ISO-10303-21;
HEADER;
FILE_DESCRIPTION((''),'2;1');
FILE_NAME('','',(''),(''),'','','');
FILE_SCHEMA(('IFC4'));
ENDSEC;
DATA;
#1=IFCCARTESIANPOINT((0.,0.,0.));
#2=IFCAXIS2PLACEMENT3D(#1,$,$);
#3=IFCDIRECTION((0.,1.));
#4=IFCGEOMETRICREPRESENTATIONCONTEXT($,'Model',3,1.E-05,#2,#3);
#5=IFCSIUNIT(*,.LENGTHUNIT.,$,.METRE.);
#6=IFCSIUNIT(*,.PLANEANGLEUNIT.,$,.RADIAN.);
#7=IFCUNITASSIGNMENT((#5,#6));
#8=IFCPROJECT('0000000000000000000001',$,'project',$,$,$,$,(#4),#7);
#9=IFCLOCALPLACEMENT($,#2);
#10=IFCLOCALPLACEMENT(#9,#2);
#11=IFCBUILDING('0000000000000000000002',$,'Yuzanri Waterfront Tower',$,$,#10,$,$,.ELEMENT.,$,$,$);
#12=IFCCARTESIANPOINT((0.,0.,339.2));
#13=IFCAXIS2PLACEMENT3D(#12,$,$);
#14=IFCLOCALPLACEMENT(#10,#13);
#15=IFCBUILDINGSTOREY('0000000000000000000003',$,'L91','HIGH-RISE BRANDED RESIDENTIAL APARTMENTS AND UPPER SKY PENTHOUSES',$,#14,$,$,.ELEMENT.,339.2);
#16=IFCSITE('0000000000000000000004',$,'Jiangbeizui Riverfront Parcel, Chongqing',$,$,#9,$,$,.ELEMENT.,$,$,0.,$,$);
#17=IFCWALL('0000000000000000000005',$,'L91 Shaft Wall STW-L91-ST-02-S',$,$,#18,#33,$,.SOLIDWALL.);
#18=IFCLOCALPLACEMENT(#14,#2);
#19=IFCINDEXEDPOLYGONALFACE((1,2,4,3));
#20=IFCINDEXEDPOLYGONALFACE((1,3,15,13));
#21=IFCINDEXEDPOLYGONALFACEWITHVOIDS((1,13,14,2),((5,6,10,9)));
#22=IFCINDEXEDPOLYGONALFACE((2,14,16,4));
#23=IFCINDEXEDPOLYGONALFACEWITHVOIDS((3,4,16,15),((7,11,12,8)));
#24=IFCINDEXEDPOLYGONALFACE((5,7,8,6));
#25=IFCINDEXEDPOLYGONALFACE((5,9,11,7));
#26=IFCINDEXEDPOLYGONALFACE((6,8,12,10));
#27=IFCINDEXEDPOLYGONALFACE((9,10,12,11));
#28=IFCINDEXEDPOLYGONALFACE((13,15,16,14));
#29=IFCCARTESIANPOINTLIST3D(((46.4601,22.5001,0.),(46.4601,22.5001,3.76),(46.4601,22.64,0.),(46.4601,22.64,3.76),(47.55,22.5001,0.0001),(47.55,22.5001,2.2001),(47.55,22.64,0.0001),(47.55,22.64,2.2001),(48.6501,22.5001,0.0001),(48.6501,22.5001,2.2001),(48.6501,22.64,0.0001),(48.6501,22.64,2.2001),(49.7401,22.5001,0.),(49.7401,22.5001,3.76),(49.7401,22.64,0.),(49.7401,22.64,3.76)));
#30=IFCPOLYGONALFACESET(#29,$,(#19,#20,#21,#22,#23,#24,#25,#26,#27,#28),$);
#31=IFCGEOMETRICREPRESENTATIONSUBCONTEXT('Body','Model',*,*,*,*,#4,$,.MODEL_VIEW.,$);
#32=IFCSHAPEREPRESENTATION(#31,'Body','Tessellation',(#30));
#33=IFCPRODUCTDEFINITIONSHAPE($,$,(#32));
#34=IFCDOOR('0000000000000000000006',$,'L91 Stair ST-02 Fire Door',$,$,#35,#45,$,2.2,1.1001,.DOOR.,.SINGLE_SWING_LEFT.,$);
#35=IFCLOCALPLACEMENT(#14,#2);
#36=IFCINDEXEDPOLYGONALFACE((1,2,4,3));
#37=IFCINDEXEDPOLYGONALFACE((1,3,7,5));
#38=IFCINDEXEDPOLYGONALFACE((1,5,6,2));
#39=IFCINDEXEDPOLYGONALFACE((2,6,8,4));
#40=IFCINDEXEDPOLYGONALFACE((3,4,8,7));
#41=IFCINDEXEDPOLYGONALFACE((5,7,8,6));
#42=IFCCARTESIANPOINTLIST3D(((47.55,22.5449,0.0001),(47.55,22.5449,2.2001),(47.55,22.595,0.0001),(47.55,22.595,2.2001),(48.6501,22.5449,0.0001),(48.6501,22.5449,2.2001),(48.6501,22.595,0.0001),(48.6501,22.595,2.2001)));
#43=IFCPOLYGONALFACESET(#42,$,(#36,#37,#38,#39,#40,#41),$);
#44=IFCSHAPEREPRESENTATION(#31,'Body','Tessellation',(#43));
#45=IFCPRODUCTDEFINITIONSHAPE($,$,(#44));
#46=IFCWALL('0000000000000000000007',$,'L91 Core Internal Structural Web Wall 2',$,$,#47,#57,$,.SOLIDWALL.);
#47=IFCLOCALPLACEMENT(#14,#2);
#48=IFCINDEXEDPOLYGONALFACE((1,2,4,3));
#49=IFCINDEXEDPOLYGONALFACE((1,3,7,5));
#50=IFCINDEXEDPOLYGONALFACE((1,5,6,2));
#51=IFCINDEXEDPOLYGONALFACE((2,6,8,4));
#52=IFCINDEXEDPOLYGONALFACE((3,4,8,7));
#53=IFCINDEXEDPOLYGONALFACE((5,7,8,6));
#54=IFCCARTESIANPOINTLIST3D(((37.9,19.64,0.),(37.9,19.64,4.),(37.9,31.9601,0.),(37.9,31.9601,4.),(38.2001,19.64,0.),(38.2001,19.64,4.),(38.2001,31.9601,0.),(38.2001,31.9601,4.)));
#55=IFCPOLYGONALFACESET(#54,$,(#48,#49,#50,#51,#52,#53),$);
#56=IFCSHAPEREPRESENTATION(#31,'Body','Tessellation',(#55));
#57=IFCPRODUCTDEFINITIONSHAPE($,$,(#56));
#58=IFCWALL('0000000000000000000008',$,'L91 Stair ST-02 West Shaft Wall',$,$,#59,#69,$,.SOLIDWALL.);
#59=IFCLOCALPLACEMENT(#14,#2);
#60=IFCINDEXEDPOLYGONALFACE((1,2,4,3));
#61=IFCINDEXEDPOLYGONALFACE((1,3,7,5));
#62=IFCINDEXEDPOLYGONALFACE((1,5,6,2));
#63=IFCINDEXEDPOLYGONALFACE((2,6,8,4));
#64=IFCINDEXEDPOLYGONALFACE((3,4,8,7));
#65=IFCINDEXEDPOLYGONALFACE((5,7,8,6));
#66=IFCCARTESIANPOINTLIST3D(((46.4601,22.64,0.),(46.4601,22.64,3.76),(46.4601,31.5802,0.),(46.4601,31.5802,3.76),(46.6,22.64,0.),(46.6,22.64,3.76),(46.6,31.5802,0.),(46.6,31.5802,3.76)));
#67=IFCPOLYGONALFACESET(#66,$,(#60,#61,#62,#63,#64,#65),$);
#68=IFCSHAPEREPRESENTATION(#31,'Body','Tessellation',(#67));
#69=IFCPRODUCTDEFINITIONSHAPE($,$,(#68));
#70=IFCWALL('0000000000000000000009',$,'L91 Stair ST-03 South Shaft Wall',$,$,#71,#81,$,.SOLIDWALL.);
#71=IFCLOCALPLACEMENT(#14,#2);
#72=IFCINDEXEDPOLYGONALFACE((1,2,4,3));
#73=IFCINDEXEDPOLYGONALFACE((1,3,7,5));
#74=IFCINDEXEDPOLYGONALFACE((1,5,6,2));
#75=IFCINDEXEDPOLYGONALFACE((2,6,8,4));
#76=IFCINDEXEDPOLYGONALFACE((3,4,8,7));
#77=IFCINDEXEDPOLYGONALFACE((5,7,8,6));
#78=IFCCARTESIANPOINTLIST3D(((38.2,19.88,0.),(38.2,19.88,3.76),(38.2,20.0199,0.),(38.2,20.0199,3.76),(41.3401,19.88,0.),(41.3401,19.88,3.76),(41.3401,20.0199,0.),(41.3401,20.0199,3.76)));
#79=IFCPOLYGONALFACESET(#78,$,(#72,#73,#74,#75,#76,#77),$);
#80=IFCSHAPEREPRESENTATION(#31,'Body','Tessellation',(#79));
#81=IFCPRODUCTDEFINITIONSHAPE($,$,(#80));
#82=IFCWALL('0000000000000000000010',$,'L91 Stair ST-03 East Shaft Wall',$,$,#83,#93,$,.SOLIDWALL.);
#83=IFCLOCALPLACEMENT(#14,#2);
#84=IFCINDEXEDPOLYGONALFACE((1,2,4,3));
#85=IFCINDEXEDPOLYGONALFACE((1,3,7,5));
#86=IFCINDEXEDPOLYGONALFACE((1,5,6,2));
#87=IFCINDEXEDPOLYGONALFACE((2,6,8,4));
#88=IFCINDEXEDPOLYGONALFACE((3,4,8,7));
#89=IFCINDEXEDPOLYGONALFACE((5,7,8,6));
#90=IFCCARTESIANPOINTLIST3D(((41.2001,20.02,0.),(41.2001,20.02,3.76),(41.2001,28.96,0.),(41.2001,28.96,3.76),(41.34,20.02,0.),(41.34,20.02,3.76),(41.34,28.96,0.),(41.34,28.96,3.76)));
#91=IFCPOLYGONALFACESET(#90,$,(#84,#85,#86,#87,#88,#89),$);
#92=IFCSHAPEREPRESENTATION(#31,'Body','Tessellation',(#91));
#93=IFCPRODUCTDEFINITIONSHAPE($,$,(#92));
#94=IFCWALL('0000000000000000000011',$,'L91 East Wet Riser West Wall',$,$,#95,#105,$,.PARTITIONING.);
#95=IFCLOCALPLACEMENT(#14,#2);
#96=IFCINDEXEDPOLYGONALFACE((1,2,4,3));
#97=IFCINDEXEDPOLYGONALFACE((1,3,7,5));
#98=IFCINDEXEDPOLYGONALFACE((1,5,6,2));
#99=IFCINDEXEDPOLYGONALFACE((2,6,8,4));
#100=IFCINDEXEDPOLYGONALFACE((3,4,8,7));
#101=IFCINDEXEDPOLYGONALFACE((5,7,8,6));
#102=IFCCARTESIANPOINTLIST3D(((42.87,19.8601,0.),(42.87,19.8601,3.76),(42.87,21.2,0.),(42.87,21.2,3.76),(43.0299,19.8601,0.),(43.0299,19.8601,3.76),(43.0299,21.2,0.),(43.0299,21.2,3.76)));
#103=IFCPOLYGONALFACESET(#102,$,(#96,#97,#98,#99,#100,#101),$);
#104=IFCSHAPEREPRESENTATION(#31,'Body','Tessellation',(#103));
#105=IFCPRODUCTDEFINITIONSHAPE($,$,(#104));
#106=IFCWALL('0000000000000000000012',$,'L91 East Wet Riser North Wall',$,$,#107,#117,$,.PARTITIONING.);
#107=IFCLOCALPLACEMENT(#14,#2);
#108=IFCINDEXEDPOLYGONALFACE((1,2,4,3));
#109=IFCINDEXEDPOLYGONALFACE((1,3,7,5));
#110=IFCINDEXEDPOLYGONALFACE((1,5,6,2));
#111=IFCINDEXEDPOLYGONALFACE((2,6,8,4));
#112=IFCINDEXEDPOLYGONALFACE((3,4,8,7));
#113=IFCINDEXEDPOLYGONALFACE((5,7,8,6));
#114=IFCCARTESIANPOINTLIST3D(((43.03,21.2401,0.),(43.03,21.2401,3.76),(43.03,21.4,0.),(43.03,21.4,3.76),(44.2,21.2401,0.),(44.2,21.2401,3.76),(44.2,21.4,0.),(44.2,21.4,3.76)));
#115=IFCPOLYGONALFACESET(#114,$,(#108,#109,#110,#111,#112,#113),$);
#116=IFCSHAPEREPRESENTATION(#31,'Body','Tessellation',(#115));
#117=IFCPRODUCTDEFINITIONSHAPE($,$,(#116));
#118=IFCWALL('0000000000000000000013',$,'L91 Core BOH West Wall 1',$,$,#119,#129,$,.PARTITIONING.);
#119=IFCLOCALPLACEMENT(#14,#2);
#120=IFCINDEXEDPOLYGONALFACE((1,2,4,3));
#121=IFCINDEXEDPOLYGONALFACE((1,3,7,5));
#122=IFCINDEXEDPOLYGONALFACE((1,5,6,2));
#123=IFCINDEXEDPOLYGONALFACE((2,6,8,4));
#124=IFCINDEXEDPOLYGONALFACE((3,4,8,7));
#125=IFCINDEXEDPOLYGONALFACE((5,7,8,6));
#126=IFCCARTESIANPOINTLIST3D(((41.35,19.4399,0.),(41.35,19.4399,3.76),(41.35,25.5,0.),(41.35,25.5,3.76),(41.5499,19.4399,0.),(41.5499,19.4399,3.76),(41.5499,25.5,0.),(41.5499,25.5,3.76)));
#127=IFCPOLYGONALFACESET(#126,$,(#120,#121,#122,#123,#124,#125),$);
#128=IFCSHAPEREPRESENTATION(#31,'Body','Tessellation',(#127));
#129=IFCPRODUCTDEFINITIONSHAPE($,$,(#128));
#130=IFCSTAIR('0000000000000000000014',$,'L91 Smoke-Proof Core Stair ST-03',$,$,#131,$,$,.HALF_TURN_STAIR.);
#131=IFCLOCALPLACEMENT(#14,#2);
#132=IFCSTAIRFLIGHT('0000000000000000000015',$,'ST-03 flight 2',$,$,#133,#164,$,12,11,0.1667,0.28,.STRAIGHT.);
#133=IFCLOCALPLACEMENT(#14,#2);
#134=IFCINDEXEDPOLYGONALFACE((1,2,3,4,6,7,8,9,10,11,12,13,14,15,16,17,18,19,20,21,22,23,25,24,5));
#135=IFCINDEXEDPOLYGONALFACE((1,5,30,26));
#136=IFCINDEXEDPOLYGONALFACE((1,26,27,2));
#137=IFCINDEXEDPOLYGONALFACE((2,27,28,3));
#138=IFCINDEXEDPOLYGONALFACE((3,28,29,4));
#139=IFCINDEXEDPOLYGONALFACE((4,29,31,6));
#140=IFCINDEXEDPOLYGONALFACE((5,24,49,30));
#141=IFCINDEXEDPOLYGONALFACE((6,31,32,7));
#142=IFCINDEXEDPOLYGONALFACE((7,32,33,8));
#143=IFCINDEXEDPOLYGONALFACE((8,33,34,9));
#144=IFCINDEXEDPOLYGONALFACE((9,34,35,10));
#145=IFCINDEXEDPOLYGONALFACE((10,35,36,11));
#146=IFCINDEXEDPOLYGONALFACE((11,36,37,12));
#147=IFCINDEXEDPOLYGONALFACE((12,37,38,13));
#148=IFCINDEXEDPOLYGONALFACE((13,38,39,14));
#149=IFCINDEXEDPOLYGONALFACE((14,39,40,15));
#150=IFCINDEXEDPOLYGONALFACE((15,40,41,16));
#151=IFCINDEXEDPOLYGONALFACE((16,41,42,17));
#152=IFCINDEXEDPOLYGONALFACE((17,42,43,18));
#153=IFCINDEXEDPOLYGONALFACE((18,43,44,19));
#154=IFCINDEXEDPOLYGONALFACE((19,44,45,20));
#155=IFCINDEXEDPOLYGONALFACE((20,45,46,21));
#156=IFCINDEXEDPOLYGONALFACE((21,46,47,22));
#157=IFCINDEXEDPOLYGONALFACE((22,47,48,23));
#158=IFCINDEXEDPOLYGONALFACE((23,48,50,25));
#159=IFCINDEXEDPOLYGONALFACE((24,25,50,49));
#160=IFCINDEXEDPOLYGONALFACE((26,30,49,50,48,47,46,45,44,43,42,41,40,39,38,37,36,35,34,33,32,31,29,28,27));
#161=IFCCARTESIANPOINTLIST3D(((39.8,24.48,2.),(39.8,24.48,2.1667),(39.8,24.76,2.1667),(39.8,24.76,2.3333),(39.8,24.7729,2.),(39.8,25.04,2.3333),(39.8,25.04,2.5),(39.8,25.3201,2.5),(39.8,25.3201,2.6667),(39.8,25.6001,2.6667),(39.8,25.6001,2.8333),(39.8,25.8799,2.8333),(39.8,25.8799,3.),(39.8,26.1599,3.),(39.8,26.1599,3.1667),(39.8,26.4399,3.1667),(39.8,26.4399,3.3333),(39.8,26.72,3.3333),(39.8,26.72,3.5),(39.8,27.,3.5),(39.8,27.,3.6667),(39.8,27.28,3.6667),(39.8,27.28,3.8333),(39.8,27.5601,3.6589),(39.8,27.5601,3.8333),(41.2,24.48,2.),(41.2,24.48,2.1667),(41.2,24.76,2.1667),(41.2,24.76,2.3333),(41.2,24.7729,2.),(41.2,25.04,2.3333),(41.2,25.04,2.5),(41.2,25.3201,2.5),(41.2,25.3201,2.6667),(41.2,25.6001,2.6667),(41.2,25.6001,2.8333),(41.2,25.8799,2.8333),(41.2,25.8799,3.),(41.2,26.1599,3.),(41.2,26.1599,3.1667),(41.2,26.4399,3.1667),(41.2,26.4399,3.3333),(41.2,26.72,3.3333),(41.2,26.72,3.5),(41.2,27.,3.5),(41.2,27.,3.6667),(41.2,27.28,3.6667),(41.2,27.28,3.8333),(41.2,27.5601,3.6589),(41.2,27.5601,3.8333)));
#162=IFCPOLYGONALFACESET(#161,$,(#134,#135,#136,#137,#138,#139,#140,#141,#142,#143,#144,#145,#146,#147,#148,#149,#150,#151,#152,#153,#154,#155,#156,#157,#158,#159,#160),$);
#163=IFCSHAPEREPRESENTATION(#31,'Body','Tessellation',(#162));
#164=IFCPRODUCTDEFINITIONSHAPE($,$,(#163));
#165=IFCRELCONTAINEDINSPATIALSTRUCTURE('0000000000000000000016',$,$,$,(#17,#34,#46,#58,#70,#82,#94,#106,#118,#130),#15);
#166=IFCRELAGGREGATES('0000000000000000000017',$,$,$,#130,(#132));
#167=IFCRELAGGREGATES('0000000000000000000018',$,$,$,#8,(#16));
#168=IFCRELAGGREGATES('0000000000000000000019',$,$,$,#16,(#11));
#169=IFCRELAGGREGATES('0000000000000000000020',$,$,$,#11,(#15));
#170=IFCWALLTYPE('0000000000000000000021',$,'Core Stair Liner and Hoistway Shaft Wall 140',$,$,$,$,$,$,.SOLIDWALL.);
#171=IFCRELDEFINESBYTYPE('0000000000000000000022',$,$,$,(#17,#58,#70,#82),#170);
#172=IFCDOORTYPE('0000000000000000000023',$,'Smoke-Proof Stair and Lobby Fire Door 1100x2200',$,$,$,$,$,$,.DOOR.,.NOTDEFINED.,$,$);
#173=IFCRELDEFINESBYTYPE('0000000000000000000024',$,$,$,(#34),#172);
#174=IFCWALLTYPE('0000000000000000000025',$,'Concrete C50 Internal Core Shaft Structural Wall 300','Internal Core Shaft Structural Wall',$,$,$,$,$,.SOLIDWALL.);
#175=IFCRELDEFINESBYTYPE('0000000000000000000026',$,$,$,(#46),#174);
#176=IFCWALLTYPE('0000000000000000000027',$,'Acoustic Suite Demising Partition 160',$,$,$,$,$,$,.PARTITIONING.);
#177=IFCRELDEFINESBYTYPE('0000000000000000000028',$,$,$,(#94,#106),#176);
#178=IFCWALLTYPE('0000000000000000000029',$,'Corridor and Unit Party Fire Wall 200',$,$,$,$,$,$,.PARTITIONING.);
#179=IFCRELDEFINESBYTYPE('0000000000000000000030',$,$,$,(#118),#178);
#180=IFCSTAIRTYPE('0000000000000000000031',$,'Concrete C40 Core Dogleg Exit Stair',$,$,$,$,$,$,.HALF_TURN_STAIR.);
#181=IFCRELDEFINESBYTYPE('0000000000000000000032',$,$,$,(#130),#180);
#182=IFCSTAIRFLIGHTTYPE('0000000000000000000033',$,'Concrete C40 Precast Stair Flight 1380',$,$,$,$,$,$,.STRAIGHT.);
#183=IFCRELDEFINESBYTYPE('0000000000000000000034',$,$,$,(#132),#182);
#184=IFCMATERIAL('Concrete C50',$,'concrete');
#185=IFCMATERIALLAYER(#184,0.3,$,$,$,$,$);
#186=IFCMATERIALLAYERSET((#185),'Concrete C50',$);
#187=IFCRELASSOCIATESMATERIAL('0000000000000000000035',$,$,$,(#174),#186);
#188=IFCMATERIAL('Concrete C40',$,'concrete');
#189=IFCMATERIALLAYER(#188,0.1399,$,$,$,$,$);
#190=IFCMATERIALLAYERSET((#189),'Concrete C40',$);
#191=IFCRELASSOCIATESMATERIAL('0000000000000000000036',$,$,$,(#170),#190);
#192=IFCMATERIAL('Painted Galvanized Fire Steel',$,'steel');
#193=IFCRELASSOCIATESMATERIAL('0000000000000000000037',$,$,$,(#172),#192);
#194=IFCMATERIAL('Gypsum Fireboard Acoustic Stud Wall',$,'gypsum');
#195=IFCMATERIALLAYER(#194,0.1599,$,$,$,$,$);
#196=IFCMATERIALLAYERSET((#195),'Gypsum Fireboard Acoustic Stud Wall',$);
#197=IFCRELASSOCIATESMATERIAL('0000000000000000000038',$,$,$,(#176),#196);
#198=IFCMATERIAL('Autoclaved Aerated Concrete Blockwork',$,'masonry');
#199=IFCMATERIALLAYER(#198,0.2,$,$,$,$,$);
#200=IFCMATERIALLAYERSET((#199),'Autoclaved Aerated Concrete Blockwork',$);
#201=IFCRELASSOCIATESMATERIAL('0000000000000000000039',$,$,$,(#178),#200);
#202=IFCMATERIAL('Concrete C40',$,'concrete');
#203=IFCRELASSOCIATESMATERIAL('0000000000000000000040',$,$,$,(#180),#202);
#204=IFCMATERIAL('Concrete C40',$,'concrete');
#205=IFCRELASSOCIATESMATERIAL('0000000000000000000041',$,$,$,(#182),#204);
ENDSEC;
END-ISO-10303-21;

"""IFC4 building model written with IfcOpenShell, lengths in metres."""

from ifc_helpers import new_model, si_unit, direction, frame, frame_2d, origin, place, context, subcontext, project, spatial, polyline, rectangle, outline, extrude, source, transform, mapped, material, layer, layer_set, type_object, element, fill, aggregate, save


model = new_model("IFC4")

# Units and contexts
model_context = context("Model", 3, precision=1e-05, world=origin(), true_north=direction((0.0, 1.0)))
body_context = subcontext(model_context, "Body", "Model", "MODEL_VIEW")
ifc_project = project(units=[si_unit("LENGTHUNIT", "METRE"), si_unit("PLANEANGLEUNIT", "RADIAN")], contexts=[model_context])

# Site, building, storey
site_placement = place(None, origin())
site = spatial("IfcSite", under=ifc_project, at=site_placement, Name="Jiangbeizui Riverfront Parcel, Chongqing", CompositionType="ELEMENT", RefElevation=0.0)
building_placement = place(site_placement, origin())
building = spatial("IfcBuilding", under=site, at=building_placement, Name="Yuzanri Waterfront Tower", CompositionType="ELEMENT")
storey_placement = place(building_placement, frame((0.0, 0.0, 339.2)))
storey = spatial("IfcBuildingStorey", under=building, at=storey_placement, Name="L91", Description="HIGH-RISE BRANDED RESIDENTIAL APARTMENTS AND UPPER SKY PENTHOUSES", CompositionType="ELEMENT", Elevation=339.2)

# Shared definitions
ifc_material_1 = material(Name="Concrete C50", Category="concrete")
ifc_layer_1 = layer(ifc_material_1, 0.3)
ifc_layer_set_1 = layer_set([ifc_layer_1], Name="Concrete C50")
wall_type_1 = type_object("IfcWallType", Name="Concrete C50 Internal Core Shaft Structural Wall 300", Description="Internal Core Shaft Structural Wall", PredefinedType="SOLIDWALL", material=ifc_layer_set_1)

# Wall, opening, door
ifc_material_2 = material(Name="Concrete C40", Category="concrete")
ifc_layer_2 = layer(ifc_material_2, 0.1399)
ifc_layer_set_2 = layer_set([ifc_layer_2], Name="Concrete C40")
wall_type_2 = type_object("IfcWallType", Name="Core Stair Liner and Hoistway Shaft Wall 140", PredefinedType="SOLIDWALL", material=ifc_layer_set_2)
wall_1_placement = place(storey_placement, frame((46.46, 22.5701, 0.0), z_axis=(0.0, 0.0, 1.0), x_axis=(1.0, 0.0, 0.0)))
wall_1 = element("IfcWall", 1, at=wall_1_placement, inside=storey, type_object=wall_type_2, Name="L91 Shaft Wall STW-L91-ST-02-S", PredefinedType="SOLIDWALL", context=body_context, shape_type="SweptSolid", body=[
    extrude(rectangle(XDim=3.28, YDim=0.1399, at=frame_2d((1.6401, 0.0))), origin(), (0.0, 0.0, 1.0), 3.76),
])
opening_1_placement = place(wall_1_placement, frame((1.0901, 0.0, 0.0)))
opening_1 = element("IfcOpeningElement", 2, at=opening_1_placement, cuts=wall_1, PredefinedType="OPENING", context=body_context, shape_type="SweptSolid", body=[
    extrude(rectangle(XDim=1.1001, YDim=2.2, at=frame_2d((0.55, 1.1001))), frame((0.0, 0.085, 0.0), z_axis=(0.0, -1.0, 0.0), x_axis=(1.0, 0.0, 0.0)), (0.0, 0.0, 1.0), 0.1697),
])
ifc_material_3 = material(Name="Painted Galvanized Fire Steel", Category="steel")
door_type_1 = type_object("IfcDoorType", Name="Smoke-Proof Stair and Lobby Fire Door 1100x2200", OperationType="NOTDEFINED", PredefinedType="DOOR", material=ifc_material_3)
shared_shape_1 = source(origin(), body_context, "Body", "SweptSolid", [
    extrude(rectangle(XDim=1.1001, YDim=2.2, at=frame_2d((0.55, 1.1001))), frame((0.0, 0.0249, 0.0), z_axis=(0.0, -1.0, 0.0), x_axis=(1.0, 0.0, 0.0)), (0.0, 0.0, 1.0), 0.05),
])
door_1_placement = place(opening_1_placement, origin())
door_1 = element("IfcDoor", 3, at=door_1_placement, inside=storey, type_object=door_type_1, Name="L91 Stair ST-02 Fire Door", OperationType="SINGLE_SWING_LEFT", OverallHeight=2.2, OverallWidth=1.1001, PredefinedType="DOOR", context=body_context, shape_type="MappedRepresentation", body=[
    mapped(shared_shape_1, transform((0.0, 0.0, 0.0), scale=1.0)),
])
fill(opening_1, door_1)

# Walls
shared_shape_2 = source(origin(), body_context, "Body", "SweptSolid", [
    extrude(rectangle(XDim=12.3201, YDim=0.3, at=frame_2d((6.1602, 0.0))), origin(), (0.0, 0.0, 1.0), 4.0),
])
wall_2_placement = place(storey_placement, frame((38.05, 19.6399, 0.0), z_axis=(0.0, 0.0, 1.0), x_axis=(0.0, 1.0, 0.0)))
element("IfcWall", 4, at=wall_2_placement, inside=storey, type_object=wall_type_1, Name="L91 Core Internal Structural Web Wall 2", PredefinedType="SOLIDWALL", context=body_context, shape_type="MappedRepresentation", body=[
    mapped(shared_shape_2, transform((0.0, 0.0, 0.0), scale=1.0)),
])
shared_shape_3 = source(origin(), body_context, "Body", "SweptSolid", [
    extrude(rectangle(XDim=8.9402, YDim=0.1399, at=frame_2d((4.4702, 0.0))), origin(), (0.0, 0.0, 1.0), 3.76),
])
wall_3_placement = place(storey_placement, frame((46.53, 22.6399, 0.0), z_axis=(0.0, 0.0, 1.0), x_axis=(0.0, 1.0, 0.0)))
element("IfcWall", 5, at=wall_3_placement, inside=storey, type_object=wall_type_2, Name="L91 Stair ST-02 West Shaft Wall", PredefinedType="SOLIDWALL", context=body_context, shape_type="MappedRepresentation", body=[
    mapped(shared_shape_3, transform((0.0, 0.0, 0.0), scale=1.0)),
])
shared_shape_4 = source(origin(), body_context, "Body", "SweptSolid", [
    extrude(rectangle(XDim=3.1401, YDim=0.1399, at=frame_2d((1.5701, 0.0))), origin(), (0.0, 0.0, 1.0), 3.76),
])
wall_4_placement = place(storey_placement, frame((38.2, 19.95, 0.0), z_axis=(0.0, 0.0, 1.0), x_axis=(1.0, 0.0, 0.0)))
element("IfcWall", 6, at=wall_4_placement, inside=storey, type_object=wall_type_2, Name="L91 Stair ST-03 South Shaft Wall", PredefinedType="SOLIDWALL", context=body_context, shape_type="MappedRepresentation", body=[
    mapped(shared_shape_4, transform((0.0, 0.0, 0.0), scale=1.0)),
])
shared_shape_5 = source(origin(), body_context, "Body", "SweptSolid", [
    extrude(rectangle(XDim=8.9399, YDim=0.1399, at=frame_2d((4.47, 0.0))), origin(), (0.0, 0.0, 1.0), 3.76),
])
wall_5_placement = place(storey_placement, frame((41.27, 20.02, 0.0), z_axis=(0.0, 0.0, 1.0), x_axis=(0.0, 1.0, 0.0)))
element("IfcWall", 7, at=wall_5_placement, inside=storey, type_object=wall_type_2, Name="L91 Stair ST-03 East Shaft Wall", PredefinedType="SOLIDWALL", context=body_context, shape_type="MappedRepresentation", body=[
    mapped(shared_shape_5, transform((0.0, 0.0, 0.0), scale=1.0)),
])
ifc_material_4 = material(Name="Gypsum Fireboard Acoustic Stud Wall", Category="gypsum")
ifc_layer_3 = layer(ifc_material_4, 0.1599)
ifc_layer_set_3 = layer_set([ifc_layer_3], Name="Gypsum Fireboard Acoustic Stud Wall")
wall_type_3 = type_object("IfcWallType", Name="Acoustic Suite Demising Partition 160", PredefinedType="PARTITIONING", material=ifc_layer_set_3)
shared_shape_6 = source(origin(), body_context, "Body", "SweptSolid", [
    extrude(rectangle(XDim=1.3398, YDim=0.1599, at=frame_2d((0.6699, 0.0))), origin(), (0.0, 0.0, 1.0), 3.76),
])
wall_6_placement = place(storey_placement, frame((42.95, 19.8601, 0.0), z_axis=(0.0, 0.0, 1.0), x_axis=(0.0, 1.0, 0.0)))
element("IfcWall", 8, at=wall_6_placement, inside=storey, type_object=wall_type_3, Name="L91 East Wet Riser West Wall", PredefinedType="PARTITIONING", context=body_context, shape_type="MappedRepresentation", body=[
    mapped(shared_shape_6, transform((0.0, 0.0, 0.0), scale=1.0)),
])
shared_shape_7 = source(origin(), body_context, "Body", "SweptSolid", [
    extrude(rectangle(XDim=1.1699, YDim=0.1599, at=frame_2d((0.585, 0.0))), origin(), (0.0, 0.0, 1.0), 3.76),
])
wall_7_placement = place(storey_placement, frame((43.03, 21.3201, 0.0), z_axis=(0.0, 0.0, 1.0), x_axis=(1.0, 0.0, 0.0)))
element("IfcWall", 9, at=wall_7_placement, inside=storey, type_object=wall_type_3, Name="L91 East Wet Riser North Wall", PredefinedType="PARTITIONING", context=body_context, shape_type="MappedRepresentation", body=[
    mapped(shared_shape_7, transform((0.0, 0.0, 0.0), scale=1.0)),
])
ifc_material_5 = material(Name="Autoclaved Aerated Concrete Blockwork", Category="masonry")
ifc_layer_4 = layer(ifc_material_5, 0.2)
ifc_layer_set_4 = layer_set([ifc_layer_4], Name="Autoclaved Aerated Concrete Blockwork")
wall_type_4 = type_object("IfcWallType", Name="Corridor and Unit Party Fire Wall 200", PredefinedType="PARTITIONING", material=ifc_layer_set_4)
shared_shape_8 = source(origin(), body_context, "Body", "SweptSolid", [
    extrude(rectangle(XDim=6.0601, YDim=0.2, at=frame_2d((3.03, 0.0))), origin(), (0.0, 0.0, 1.0), 3.76),
])
wall_8_placement = place(storey_placement, frame((41.45, 19.4399, 0.0), z_axis=(0.0, 0.0, 1.0), x_axis=(0.0, 1.0, 0.0)))
element("IfcWall", 10, at=wall_8_placement, inside=storey, type_object=wall_type_4, Name="L91 Core BOH West Wall 1", PredefinedType="PARTITIONING", context=body_context, shape_type="MappedRepresentation", body=[
    mapped(shared_shape_8, transform((0.0, 0.0, 0.0), scale=1.0)),
])

# Stair, stair flight
ifc_material_6 = material(Name="Concrete C40", Category="concrete")
stair_type = type_object("IfcStairType", Name="Concrete C40 Core Dogleg Exit Stair", PredefinedType="HALF_TURN_STAIR", material=ifc_material_6)
stair_placement = place(storey_placement, origin())
stair = element("IfcStair", 11, at=stair_placement, inside=storey, type_object=stair_type, Name="L91 Smoke-Proof Core Stair ST-03", PredefinedType="HALF_TURN_STAIR")
ifc_material_7 = material(Name="Concrete C40", Category="concrete")
stair_flight_type = type_object("IfcStairFlightType", Name="Concrete C40 Precast Stair Flight 1380", PredefinedType="STRAIGHT", material=ifc_material_7)
shared_shape_9 = source(origin(), body_context, "Body", "SweptSolid", [
    extrude(outline(polyline([(0.0, 0.0), (0.0, 0.1667), (0.28, 0.1667), (0.28, 0.3333), (0.5601, 0.3333), (0.5601, 0.5), (0.8401, 0.5), (0.8401, 0.6667), (1.1201, 0.6667), (1.1201, 0.8333), (1.3999, 0.8333), (1.3999, 1.0), (1.6799, 1.0), (1.6799, 1.1667), (1.96, 1.1667), (1.96, 1.3333), (2.24, 1.3333), (2.24, 1.5), (2.52, 1.5), (2.52, 1.6667), (2.8, 1.6667), (2.8, 1.8333), (3.0801, 1.8333), (3.0801, 2.0), (3.0801, 1.6589), (0.293, 0.0), (0.0, 0.0)])), frame((0.0, 0.7, 0.0), z_axis=(0.0, -1.0, 0.0), x_axis=(1.0, 0.0, 0.0)), (0.0, 0.0, 1.0), 1.3999),
])
stair_flight_placement = place(storey_placement, frame((40.5, 24.48, 2.0), z_axis=(0.0, 0.0, 1.0), x_axis=(0.0, 1.0, 0.0)))
stair_flight = element("IfcStairFlight", 12, at=stair_flight_placement, type_object=stair_flight_type, Name="ST-03 flight 2", NumberOfRisers=12, NumberOfTreads=11, PredefinedType="STRAIGHT", RiserHeight=0.1667, TreadLength=0.28, context=body_context, shape_type="MappedRepresentation", body=[
    mapped(shared_shape_9, transform((0.0, 0.0, 0.0), scale=1.0)),
])
aggregate(stair, [stair_flight])

save(model, "model.ifc")
